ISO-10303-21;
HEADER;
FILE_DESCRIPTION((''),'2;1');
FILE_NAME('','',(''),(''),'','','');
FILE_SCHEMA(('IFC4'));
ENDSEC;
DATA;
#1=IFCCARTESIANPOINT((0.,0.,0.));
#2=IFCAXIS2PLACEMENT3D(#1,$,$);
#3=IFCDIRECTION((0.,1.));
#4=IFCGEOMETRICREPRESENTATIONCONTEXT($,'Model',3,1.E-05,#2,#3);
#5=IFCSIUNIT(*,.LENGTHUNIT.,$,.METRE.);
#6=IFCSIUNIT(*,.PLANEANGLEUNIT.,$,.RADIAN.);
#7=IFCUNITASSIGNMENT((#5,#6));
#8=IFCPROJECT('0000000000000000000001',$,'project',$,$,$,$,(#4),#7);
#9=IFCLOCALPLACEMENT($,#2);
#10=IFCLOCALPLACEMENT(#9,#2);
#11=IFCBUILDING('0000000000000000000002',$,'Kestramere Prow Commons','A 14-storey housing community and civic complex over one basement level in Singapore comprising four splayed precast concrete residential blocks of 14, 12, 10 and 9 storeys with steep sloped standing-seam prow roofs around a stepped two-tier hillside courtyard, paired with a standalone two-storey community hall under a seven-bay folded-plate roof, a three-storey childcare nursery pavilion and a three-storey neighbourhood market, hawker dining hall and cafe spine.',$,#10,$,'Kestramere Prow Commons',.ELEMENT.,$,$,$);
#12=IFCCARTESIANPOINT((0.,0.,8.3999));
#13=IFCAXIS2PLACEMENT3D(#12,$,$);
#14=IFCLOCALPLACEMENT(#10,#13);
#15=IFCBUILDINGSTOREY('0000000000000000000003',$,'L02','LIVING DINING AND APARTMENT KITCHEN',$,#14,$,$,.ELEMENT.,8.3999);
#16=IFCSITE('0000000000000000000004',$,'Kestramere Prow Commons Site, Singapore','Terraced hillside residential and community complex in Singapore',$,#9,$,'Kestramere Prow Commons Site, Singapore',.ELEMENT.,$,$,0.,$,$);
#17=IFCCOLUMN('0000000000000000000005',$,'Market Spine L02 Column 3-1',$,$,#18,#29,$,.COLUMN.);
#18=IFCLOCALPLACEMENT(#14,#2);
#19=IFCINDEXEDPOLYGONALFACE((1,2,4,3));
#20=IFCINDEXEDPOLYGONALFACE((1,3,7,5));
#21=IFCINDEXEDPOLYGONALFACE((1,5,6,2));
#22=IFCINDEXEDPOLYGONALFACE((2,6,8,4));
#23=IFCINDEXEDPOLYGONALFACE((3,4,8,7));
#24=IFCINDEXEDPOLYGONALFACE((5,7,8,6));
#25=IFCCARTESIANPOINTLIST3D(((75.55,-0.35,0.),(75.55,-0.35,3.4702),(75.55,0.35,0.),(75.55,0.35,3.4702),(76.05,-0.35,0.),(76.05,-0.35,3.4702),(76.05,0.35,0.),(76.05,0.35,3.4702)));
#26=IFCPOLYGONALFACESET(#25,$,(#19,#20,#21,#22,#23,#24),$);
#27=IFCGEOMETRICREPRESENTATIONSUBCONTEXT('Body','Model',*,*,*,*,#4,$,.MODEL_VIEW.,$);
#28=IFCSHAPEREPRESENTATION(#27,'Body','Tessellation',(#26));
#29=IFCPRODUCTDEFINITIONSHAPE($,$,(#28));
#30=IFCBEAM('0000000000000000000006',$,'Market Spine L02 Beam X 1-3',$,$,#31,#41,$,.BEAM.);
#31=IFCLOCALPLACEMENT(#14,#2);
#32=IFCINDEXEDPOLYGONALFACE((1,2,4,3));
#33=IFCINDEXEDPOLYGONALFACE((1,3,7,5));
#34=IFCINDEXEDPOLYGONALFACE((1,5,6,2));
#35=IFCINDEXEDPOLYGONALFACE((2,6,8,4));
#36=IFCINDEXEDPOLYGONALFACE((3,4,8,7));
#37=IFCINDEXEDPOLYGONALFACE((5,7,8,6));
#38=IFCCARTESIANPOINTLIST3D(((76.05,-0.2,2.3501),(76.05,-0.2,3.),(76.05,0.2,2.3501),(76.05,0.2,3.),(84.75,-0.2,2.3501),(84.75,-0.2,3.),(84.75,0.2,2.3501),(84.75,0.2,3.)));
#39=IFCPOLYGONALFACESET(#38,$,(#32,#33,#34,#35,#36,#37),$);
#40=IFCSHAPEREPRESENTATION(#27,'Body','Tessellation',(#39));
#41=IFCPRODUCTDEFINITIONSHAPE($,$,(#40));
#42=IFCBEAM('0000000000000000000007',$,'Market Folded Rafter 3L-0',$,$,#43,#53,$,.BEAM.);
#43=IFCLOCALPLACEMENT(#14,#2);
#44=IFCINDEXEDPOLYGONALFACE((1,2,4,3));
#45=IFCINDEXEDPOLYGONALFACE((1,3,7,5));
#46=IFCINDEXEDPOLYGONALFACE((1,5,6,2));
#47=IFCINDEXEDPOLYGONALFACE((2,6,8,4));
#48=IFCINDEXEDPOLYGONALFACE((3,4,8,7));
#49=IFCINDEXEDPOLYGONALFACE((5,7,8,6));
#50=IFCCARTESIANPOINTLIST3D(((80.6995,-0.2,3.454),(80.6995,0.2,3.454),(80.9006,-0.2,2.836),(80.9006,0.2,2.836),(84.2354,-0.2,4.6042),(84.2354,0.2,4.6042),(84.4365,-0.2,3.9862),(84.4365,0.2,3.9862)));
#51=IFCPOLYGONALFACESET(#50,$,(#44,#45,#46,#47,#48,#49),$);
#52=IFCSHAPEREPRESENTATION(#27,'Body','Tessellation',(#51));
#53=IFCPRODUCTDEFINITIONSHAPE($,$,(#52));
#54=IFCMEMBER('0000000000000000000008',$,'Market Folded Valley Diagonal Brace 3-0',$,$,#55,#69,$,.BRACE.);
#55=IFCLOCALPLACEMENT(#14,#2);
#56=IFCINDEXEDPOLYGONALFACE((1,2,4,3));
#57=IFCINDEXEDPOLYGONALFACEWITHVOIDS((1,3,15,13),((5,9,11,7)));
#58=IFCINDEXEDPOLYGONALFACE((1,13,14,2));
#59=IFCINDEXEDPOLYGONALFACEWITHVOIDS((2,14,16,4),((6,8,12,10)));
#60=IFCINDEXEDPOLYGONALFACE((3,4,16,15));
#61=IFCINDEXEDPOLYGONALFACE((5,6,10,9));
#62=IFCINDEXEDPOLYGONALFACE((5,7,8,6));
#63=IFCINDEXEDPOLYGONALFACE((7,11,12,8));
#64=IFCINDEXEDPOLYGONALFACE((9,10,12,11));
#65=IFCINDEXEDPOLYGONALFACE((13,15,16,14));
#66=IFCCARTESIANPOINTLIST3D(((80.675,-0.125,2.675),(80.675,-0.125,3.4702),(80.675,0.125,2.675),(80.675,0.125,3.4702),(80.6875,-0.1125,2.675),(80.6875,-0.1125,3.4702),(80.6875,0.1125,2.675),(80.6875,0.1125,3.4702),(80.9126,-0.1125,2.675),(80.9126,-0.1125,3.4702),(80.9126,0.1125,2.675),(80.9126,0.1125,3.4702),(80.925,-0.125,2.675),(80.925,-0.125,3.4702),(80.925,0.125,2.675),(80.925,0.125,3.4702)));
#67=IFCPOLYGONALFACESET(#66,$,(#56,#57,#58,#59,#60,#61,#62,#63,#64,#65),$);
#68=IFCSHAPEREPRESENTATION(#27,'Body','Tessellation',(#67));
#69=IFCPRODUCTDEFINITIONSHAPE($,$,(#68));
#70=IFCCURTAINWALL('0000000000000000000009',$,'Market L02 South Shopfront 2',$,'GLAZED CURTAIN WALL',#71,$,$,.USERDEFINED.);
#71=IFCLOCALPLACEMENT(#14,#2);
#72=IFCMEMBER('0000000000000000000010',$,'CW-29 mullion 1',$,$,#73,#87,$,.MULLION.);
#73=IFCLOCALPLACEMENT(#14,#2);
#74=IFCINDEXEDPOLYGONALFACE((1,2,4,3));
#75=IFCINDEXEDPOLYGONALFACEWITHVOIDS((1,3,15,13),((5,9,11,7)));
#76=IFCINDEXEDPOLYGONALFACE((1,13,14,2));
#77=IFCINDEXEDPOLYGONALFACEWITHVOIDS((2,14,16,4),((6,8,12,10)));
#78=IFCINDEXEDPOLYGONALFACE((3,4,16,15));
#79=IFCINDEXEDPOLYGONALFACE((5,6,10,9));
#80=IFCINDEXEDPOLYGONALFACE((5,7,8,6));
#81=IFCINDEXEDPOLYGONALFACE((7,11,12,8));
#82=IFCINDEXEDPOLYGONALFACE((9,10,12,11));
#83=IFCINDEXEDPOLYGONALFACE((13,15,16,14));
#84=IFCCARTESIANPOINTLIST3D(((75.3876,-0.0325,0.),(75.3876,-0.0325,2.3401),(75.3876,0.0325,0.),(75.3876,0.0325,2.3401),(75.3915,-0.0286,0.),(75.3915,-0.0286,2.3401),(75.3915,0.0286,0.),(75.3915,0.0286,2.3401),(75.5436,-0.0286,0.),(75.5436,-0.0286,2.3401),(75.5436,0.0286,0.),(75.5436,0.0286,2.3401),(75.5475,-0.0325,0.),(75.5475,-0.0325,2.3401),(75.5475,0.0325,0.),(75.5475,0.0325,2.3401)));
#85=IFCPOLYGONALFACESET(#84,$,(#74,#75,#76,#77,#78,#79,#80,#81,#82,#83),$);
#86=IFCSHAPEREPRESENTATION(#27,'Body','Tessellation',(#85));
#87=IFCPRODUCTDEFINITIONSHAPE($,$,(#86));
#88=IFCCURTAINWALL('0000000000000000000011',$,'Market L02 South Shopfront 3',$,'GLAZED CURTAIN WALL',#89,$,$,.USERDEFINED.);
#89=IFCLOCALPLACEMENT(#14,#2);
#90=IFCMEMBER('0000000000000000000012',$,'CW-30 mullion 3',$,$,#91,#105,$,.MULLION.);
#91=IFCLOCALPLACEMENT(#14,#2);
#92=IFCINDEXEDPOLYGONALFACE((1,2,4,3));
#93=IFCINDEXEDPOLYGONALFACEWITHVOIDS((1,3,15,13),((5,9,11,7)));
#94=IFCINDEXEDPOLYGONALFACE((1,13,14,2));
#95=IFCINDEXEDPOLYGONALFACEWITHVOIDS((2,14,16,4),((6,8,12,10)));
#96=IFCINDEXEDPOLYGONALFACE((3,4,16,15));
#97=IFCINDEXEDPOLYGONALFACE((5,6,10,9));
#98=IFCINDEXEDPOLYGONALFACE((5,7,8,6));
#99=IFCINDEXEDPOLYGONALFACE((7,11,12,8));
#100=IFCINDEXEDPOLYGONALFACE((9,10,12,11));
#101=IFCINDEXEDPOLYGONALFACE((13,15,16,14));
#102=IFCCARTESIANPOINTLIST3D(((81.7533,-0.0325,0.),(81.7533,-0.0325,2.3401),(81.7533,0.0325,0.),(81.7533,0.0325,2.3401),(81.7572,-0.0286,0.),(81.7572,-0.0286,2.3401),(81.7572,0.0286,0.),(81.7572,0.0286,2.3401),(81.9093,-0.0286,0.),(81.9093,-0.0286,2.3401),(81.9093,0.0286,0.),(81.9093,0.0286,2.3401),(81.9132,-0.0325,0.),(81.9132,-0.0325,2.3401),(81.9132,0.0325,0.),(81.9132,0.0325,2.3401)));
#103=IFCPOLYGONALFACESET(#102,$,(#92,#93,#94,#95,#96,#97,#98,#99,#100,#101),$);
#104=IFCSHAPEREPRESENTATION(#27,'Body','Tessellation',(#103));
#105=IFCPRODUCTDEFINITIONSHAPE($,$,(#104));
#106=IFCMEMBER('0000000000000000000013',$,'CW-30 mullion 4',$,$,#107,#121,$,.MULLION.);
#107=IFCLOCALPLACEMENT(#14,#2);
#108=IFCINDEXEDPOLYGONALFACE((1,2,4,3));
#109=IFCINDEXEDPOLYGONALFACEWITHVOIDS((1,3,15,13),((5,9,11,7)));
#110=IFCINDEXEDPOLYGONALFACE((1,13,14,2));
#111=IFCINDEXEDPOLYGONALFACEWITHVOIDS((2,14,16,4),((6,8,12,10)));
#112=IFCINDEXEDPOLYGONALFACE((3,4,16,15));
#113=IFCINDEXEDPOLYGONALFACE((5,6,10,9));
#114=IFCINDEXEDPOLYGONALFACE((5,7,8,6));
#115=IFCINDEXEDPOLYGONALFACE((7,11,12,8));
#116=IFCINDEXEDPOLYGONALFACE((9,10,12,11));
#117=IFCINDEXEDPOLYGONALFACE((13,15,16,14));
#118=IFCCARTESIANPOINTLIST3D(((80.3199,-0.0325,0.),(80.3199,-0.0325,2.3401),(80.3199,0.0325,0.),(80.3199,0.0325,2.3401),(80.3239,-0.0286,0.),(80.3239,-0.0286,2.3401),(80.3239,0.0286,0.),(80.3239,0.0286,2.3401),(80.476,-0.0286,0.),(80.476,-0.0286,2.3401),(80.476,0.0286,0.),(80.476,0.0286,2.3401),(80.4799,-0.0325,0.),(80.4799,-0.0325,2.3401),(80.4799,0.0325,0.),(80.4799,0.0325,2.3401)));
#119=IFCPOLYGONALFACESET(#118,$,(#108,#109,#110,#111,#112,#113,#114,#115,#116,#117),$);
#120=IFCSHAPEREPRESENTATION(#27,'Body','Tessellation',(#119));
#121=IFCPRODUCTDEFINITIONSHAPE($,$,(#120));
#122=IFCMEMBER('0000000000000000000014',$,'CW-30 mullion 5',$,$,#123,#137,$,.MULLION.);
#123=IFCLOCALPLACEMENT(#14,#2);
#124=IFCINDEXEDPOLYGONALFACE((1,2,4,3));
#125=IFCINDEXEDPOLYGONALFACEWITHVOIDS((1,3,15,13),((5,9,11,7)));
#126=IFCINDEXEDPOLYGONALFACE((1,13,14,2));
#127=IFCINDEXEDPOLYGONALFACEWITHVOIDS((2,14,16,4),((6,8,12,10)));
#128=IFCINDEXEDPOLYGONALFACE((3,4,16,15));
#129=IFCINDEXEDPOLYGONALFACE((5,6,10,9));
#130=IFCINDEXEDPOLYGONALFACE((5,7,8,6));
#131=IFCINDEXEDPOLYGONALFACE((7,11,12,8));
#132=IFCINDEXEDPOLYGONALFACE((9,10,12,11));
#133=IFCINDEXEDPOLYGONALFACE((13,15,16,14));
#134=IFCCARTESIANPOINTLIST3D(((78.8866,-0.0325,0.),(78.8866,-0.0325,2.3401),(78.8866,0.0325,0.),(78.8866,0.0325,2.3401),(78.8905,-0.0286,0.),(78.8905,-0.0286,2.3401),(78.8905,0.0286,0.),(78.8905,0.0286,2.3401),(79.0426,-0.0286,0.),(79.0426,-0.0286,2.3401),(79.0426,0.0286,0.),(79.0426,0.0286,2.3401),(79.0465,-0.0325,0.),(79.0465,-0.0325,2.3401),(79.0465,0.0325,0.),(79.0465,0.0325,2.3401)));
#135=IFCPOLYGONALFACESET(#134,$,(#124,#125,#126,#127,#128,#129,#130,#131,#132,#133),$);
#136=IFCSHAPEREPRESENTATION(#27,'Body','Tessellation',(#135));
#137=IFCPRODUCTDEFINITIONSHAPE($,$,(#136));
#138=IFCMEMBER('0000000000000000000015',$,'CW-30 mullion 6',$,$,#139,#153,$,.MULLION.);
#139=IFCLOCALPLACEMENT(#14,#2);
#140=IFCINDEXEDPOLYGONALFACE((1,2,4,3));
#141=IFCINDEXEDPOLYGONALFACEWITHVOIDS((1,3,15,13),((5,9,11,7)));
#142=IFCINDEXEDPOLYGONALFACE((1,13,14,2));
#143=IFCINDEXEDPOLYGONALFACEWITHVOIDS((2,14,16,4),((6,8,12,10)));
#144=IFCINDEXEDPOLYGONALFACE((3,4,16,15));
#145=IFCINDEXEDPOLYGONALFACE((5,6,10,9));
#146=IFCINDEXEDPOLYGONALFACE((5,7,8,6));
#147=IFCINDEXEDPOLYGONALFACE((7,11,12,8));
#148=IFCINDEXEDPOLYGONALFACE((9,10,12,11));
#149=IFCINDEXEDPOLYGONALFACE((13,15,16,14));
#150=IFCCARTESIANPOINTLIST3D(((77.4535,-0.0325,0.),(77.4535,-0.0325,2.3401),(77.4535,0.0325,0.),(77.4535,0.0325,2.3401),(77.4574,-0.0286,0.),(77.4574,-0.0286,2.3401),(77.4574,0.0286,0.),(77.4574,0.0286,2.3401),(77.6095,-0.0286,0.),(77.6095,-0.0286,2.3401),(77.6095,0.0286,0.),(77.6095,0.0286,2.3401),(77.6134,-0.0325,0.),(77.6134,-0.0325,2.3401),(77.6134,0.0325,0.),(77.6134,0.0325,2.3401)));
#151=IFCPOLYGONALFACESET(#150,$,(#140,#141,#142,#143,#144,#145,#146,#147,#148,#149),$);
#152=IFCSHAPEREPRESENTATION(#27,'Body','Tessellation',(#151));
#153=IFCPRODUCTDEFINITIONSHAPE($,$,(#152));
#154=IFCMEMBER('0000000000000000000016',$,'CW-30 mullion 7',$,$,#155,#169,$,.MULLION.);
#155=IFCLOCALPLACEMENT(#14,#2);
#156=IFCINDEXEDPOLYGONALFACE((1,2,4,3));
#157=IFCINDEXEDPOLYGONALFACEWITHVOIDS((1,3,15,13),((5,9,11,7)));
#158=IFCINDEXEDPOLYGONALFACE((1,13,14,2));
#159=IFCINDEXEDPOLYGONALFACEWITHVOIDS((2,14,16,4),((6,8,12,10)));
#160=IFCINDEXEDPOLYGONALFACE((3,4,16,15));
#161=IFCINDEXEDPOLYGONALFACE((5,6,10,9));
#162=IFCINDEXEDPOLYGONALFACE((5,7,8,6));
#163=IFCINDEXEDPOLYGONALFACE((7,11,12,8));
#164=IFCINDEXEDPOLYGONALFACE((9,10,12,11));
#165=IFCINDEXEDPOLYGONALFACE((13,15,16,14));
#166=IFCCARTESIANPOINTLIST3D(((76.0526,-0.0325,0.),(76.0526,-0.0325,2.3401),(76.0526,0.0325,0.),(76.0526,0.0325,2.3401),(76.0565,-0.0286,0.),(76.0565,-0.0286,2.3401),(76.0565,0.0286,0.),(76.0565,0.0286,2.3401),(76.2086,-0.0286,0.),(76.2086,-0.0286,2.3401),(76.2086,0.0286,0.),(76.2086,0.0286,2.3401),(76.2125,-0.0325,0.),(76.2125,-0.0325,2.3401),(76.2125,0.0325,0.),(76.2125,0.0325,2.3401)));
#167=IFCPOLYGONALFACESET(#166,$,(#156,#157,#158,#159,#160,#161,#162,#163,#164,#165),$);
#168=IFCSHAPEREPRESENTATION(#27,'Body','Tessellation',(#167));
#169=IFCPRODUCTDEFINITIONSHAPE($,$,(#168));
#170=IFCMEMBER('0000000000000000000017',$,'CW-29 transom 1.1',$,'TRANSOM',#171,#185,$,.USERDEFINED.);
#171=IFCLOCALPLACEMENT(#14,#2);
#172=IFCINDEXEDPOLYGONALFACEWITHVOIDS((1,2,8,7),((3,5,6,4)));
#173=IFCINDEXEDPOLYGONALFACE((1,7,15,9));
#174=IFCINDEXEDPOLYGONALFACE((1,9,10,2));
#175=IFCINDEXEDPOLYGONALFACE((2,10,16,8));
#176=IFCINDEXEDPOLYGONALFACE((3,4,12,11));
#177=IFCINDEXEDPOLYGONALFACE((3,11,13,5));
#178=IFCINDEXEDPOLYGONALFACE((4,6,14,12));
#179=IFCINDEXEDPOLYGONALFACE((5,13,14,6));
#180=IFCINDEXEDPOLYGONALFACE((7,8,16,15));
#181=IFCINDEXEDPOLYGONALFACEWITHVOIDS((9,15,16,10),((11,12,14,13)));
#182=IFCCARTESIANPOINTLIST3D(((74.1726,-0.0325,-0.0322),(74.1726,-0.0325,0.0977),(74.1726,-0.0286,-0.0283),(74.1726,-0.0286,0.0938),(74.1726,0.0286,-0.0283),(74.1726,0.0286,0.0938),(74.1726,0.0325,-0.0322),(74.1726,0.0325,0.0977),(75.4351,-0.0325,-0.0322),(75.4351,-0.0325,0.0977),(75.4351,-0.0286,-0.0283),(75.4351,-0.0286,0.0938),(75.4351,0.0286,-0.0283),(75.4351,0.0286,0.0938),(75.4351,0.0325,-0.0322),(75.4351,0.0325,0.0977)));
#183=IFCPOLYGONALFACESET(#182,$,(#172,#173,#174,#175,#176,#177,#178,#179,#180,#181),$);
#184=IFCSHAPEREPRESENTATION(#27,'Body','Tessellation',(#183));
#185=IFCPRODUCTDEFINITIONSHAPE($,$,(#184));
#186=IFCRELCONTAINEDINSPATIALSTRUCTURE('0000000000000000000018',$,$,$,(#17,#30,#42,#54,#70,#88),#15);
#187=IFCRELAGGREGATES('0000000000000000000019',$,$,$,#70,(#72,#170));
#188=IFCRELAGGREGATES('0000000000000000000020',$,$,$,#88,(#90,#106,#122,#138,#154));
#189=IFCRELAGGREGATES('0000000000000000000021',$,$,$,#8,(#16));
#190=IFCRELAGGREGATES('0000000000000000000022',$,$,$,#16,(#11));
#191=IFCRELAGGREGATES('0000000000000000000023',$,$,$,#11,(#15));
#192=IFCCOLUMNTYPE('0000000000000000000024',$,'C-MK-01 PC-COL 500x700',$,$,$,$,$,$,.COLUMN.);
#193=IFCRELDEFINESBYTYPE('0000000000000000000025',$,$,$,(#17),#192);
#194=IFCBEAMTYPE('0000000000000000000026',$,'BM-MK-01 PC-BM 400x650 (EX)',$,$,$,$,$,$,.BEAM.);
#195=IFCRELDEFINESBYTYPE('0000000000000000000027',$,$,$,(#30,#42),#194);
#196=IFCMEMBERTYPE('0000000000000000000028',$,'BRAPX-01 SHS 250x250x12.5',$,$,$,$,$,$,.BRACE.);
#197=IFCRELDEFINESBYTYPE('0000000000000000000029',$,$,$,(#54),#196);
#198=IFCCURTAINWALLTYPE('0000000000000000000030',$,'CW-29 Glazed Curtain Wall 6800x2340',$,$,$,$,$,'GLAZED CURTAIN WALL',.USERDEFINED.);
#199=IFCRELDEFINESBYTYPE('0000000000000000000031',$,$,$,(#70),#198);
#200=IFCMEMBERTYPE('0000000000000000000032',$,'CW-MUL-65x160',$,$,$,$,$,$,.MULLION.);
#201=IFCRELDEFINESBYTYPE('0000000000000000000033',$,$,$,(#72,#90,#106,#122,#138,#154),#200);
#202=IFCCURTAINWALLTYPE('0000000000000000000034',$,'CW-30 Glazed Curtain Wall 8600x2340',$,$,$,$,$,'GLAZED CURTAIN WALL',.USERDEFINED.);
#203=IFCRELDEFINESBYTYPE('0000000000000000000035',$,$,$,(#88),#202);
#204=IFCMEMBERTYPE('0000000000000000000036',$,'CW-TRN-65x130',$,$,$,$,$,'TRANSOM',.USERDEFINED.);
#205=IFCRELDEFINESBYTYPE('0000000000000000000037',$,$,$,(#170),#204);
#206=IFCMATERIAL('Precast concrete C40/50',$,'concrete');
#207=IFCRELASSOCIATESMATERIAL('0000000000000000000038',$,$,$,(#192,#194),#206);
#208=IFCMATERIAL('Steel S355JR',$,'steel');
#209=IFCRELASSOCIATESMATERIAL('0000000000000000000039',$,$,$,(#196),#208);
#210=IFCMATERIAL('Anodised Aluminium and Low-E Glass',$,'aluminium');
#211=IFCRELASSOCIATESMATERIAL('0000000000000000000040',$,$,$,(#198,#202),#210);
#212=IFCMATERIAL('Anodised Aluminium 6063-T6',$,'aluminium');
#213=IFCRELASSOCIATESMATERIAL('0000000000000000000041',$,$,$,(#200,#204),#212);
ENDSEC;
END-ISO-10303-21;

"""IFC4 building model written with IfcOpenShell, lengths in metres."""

from ifc_helpers import new_model, si_unit, direction, frame, origin, origin_2d, place, context, subcontext, project, spatial, rectangle, hollow_rectangle, extrude, material, material_profile, profile_set, type_object, element, aggregate, save


model = new_model("IFC4")

# Units and contexts
model_context = context("Model", 3, precision=1e-05, world=origin(), true_north=direction((0.0, 1.0)))
body_context = subcontext(model_context, "Body", "Model", "MODEL_VIEW")
ifc_project = project(units=[si_unit("LENGTHUNIT", "METRE"), si_unit("PLANEANGLEUNIT", "RADIAN")], contexts=[model_context])

# Site, building, storey
site_placement = place(None, origin())
site = spatial("IfcSite", under=ifc_project, at=site_placement, Name="Kestramere Prow Commons Site, Singapore", Description="Terraced hillside residential and community complex in Singapore", LongName="Kestramere Prow Commons Site, Singapore", CompositionType="ELEMENT", RefElevation=0.0)
building_placement = place(site_placement, origin())
building = spatial("IfcBuilding", under=site, at=building_placement, Name="Kestramere Prow Commons", Description="A 14-storey housing community and civic complex over one basement level in Singapore comprising four splayed precast concrete residential blocks of 14, 12, 10 and 9 storeys with steep sloped standing-seam prow roofs around a stepped two-tier hillside courtyard, paired with a standalone two-storey community hall under a seven-bay folded-plate roof, a three-storey childcare nursery pavilion and a three-storey neighbourhood market, hawker dining hall and cafe spine.", LongName="Kestramere Prow Commons", CompositionType="ELEMENT")
storey_placement = place(building_placement, frame((0.0, 0.0, 8.3999)))
storey = spatial("IfcBuildingStorey", under=building, at=storey_placement, Name="L02", Description="LIVING DINING AND APARTMENT KITCHEN", CompositionType="ELEMENT", Elevation=8.3999)

# Column
ifc_material_1 = material(Name="Precast concrete C40/50", Category="concrete")
ifc_material_profile_1 = material_profile(ifc_material_1, rectangle(XDim=0.5, YDim=0.7, at=origin_2d()), Name="PC-COL 500x700")
ifc_profile_set_1 = profile_set([ifc_material_profile_1], Name="Precast concrete C40/50")
column_type = type_object("IfcColumnType", Name="C-MK-01 PC-COL 500x700", PredefinedType="COLUMN", material=ifc_profile_set_1)
column_placement = place(storey_placement, frame((75.8, 0.0, 0.0), z_axis=(0.0, 0.0, 1.0), x_axis=(1.0, 0.0, 0.0)))
element("IfcColumn", 1, at=column_placement, inside=storey, type_object=column_type, Name="Market Spine L02 Column 3-1", PredefinedType="COLUMN", context=body_context, shape_type="SweptSolid", body=[
    extrude(rectangle(XDim=0.5, YDim=0.7, at=origin_2d()), origin(), (0.0, 0.0, 1.0), 3.4702),
])

# Beams
ifc_material_profile_2 = material_profile(ifc_material_1, rectangle(XDim=0.3999, YDim=0.6499, at=origin_2d()), Name="PC-BM 400x650")
ifc_profile_set_2 = profile_set([ifc_material_profile_2], Name="Precast concrete C40/50")
beam_type = type_object("IfcBeamType", Name="BM-MK-01 PC-BM 400x650 (EX)", PredefinedType="BEAM", material=ifc_profile_set_2)
beam_1_placement = place(storey_placement, frame((76.05, 0.0, 2.675), z_axis=(1.0, 0.0, 0.0), x_axis=(0.0, 1.0, 0.0)))
element("IfcBeam", 2, at=beam_1_placement, inside=storey, type_object=beam_type, Name="Market Spine L02 Beam X 1-3", PredefinedType="BEAM", context=body_context, shape_type="SweptSolid", body=[
    extrude(rectangle(XDim=0.3999, YDim=0.6499, at=origin_2d()), origin(), (0.0, 0.0, 1.0), 8.7),
])
beam_2_placement = place(storey_placement, frame((80.8, 0.0, 3.145), z_axis=(0.950956, 0.0, 0.309325), x_axis=(0.0, 1.0, 0.0)))
element("IfcBeam", 3, at=beam_2_placement, inside=storey, type_object=beam_type, Name="Market Folded Rafter 3L-0", PredefinedType="BEAM", context=body_context, shape_type="SweptSolid", body=[
    extrude(rectangle(XDim=0.3999, YDim=0.6499, at=origin_2d()), origin(), (0.0, 0.0, 1.0), 3.7183),
])

# Member
ifc_material_2 = material(Name="Steel S355JR", Category="steel")
ifc_material_profile_3 = material_profile(ifc_material_2, hollow_rectangle(XDim=0.25, YDim=0.25, WallThickness=0.0125, at=origin_2d()), Name="SHS 250x250x12.5")
ifc_profile_set_3 = profile_set([ifc_material_profile_3], Name="Steel S355JR")
member_type_1 = type_object("IfcMemberType", Name="BRAPX-01 SHS 250x250x12.5", PredefinedType="BRACE", material=ifc_profile_set_3)
member_1_placement = place(storey_placement, frame((80.8, 0.0, 2.675), z_axis=(0.0, 0.0, 1.0), x_axis=(1.0, 0.0, 0.0)))
element("IfcMember", 4, at=member_1_placement, inside=storey, type_object=member_type_1, Name="Market Folded Valley Diagonal Brace 3-0", PredefinedType="BRACE", context=body_context, shape_type="SweptSolid", body=[
    extrude(hollow_rectangle(XDim=0.25, YDim=0.25, WallThickness=0.0125, at=origin_2d()), origin(), (0.0, 0.0, 1.0), 0.7952),
])

# Curtain wall, member
ifc_material_3 = material(Name="Anodised Aluminium and Low-E Glass", Category="aluminium")
curtain_wall_type_1 = type_object("IfcCurtainWallType", Name="CW-29 Glazed Curtain Wall 6800x2340", ElementType="GLAZED CURTAIN WALL", PredefinedType="USERDEFINED", material=ifc_material_3)
curtain_wall_1_placement = place(storey_placement, origin())
curtain_wall_1 = element("IfcCurtainWall", 5, at=curtain_wall_1_placement, inside=storey, type_object=curtain_wall_type_1, Name="Market L02 South Shopfront 2", ObjectType="GLAZED CURTAIN WALL", PredefinedType="USERDEFINED")
ifc_material_4 = material(Name="Anodised Aluminium 6063-T6", Category="aluminium")
ifc_material_profile_4 = material_profile(ifc_material_4, hollow_rectangle(XDim=0.0649, YDim=0.1599, WallThickness=0.0039, at=origin_2d()), Name="ALU-MUL 65x160")
ifc_profile_set_4 = profile_set([ifc_material_profile_4], Name="Anodised Aluminium 6063-T6")
member_type_2 = type_object("IfcMemberType", Name="CW-MUL-65x160", PredefinedType="MULLION", material=ifc_profile_set_4)
member_2_placement = place(storey_placement, frame((75.4675, 0.0, 0.0), z_axis=(0.0, 0.0, 1.0), x_axis=(0.0, -1.0, 0.0)))
member_2 = element("IfcMember", 6, at=member_2_placement, type_object=member_type_2, Name="CW-29 mullion 1", PredefinedType="MULLION", context=body_context, shape_type="SweptSolid", body=[
    extrude(hollow_rectangle(XDim=0.0649, YDim=0.1599, WallThickness=0.0039, at=origin_2d()), origin(), (0.0, 0.0, 1.0), 2.3401),
])

# Curtain wall, members
curtain_wall_type_2 = type_object("IfcCurtainWallType", Name="CW-30 Glazed Curtain Wall 8600x2340", ElementType="GLAZED CURTAIN WALL", PredefinedType="USERDEFINED", material=ifc_material_3)
curtain_wall_2_placement = place(storey_placement, origin())
curtain_wall_2 = element("IfcCurtainWall", 7, at=curtain_wall_2_placement, inside=storey, type_object=curtain_wall_type_2, Name="Market L02 South Shopfront 3", ObjectType="GLAZED CURTAIN WALL", PredefinedType="USERDEFINED")
member_3_placement = place(storey_placement, frame((81.8333, 0.0, 0.0), z_axis=(0.0, 0.0, 1.0), x_axis=(0.0, -1.0, 0.0)))
member_3 = element("IfcMember", 8, at=member_3_placement, type_object=member_type_2, Name="CW-30 mullion 3", PredefinedType="MULLION", context=body_context, shape_type="SweptSolid", body=[
    extrude(hollow_rectangle(XDim=0.0649, YDim=0.1599, WallThickness=0.0039, at=origin_2d()), origin(), (0.0, 0.0, 1.0), 2.3401),
])
member_4_placement = place(storey_placement, frame((80.3999, 0.0, 0.0), z_axis=(0.0, 0.0, 1.0), x_axis=(0.0, -1.0, 0.0)))
member_4 = element("IfcMember", 9, at=member_4_placement, type_object=member_type_2, Name="CW-30 mullion 4", PredefinedType="MULLION", context=body_context, shape_type="SweptSolid", body=[
    extrude(hollow_rectangle(XDim=0.0649, YDim=0.1599, WallThickness=0.0039, at=origin_2d()), origin(), (0.0, 0.0, 1.0), 2.3401),
])
member_5_placement = place(storey_placement, frame((78.9666, 0.0, 0.0), z_axis=(0.0, 0.0, 1.0), x_axis=(0.0, -1.0, 0.0)))
member_5 = element("IfcMember", 10, at=member_5_placement, type_object=member_type_2, Name="CW-30 mullion 5", PredefinedType="MULLION", context=body_context, shape_type="SweptSolid", body=[
    extrude(hollow_rectangle(XDim=0.0649, YDim=0.1599, WallThickness=0.0039, at=origin_2d()), origin(), (0.0, 0.0, 1.0), 2.3401),
])
member_6_placement = place(storey_placement, frame((77.5334, 0.0, 0.0), z_axis=(0.0, 0.0, 1.0), x_axis=(0.0, -1.0, 0.0)))
member_6 = element("IfcMember", 11, at=member_6_placement, type_object=member_type_2, Name="CW-30 mullion 6", PredefinedType="MULLION", context=body_context, shape_type="SweptSolid", body=[
    extrude(hollow_rectangle(XDim=0.0649, YDim=0.1599, WallThickness=0.0039, at=origin_2d()), origin(), (0.0, 0.0, 1.0), 2.3401),
])
member_7_placement = place(storey_placement, frame((76.1326, 0.0, 0.0), z_axis=(0.0, 0.0, 1.0), x_axis=(0.0, -1.0, 0.0)))
member_7 = element("IfcMember", 12, at=member_7_placement, type_object=member_type_2, Name="CW-30 mullion 7", PredefinedType="MULLION", context=body_context, shape_type="SweptSolid", body=[
    extrude(hollow_rectangle(XDim=0.0649, YDim=0.1599, WallThickness=0.0039, at=origin_2d()), origin(), (0.0, 0.0, 1.0), 2.3401),
])

# Member
ifc_material_profile_5 = material_profile(ifc_material_4, hollow_rectangle(XDim=0.0649, YDim=0.1299, WallThickness=0.0039, at=origin_2d()), Name="ALU-TRN 65x130")
ifc_profile_set_5 = profile_set([ifc_material_profile_5], Name="Anodised Aluminium 6063-T6")
member_type_3 = type_object("IfcMemberType", Name="CW-TRN-65x130", ElementType="TRANSOM", PredefinedType="USERDEFINED", material=ifc_profile_set_5)
member_8_placement = place(storey_placement, frame((75.4351, 0.0, 0.0327), z_axis=(-1.0, 0.0, 0.0), x_axis=(0.0, -1.0, 0.0)))
member_8 = element("IfcMember", 13, at=member_8_placement, type_object=member_type_3, Name="CW-29 transom 1.1", ObjectType="TRANSOM", PredefinedType="USERDEFINED", context=body_context, shape_type="SweptSolid", body=[
    extrude(hollow_rectangle(XDim=0.0649, YDim=0.1299, WallThickness=0.0039, at=origin_2d()), origin(), (0.0, 0.0, 1.0), 1.2625),
])

aggregate(curtain_wall_1, [member_2, member_8])
aggregate(curtain_wall_2, [member_3, member_4, member_5, member_6, member_7])

save(model, "model.ifc")
